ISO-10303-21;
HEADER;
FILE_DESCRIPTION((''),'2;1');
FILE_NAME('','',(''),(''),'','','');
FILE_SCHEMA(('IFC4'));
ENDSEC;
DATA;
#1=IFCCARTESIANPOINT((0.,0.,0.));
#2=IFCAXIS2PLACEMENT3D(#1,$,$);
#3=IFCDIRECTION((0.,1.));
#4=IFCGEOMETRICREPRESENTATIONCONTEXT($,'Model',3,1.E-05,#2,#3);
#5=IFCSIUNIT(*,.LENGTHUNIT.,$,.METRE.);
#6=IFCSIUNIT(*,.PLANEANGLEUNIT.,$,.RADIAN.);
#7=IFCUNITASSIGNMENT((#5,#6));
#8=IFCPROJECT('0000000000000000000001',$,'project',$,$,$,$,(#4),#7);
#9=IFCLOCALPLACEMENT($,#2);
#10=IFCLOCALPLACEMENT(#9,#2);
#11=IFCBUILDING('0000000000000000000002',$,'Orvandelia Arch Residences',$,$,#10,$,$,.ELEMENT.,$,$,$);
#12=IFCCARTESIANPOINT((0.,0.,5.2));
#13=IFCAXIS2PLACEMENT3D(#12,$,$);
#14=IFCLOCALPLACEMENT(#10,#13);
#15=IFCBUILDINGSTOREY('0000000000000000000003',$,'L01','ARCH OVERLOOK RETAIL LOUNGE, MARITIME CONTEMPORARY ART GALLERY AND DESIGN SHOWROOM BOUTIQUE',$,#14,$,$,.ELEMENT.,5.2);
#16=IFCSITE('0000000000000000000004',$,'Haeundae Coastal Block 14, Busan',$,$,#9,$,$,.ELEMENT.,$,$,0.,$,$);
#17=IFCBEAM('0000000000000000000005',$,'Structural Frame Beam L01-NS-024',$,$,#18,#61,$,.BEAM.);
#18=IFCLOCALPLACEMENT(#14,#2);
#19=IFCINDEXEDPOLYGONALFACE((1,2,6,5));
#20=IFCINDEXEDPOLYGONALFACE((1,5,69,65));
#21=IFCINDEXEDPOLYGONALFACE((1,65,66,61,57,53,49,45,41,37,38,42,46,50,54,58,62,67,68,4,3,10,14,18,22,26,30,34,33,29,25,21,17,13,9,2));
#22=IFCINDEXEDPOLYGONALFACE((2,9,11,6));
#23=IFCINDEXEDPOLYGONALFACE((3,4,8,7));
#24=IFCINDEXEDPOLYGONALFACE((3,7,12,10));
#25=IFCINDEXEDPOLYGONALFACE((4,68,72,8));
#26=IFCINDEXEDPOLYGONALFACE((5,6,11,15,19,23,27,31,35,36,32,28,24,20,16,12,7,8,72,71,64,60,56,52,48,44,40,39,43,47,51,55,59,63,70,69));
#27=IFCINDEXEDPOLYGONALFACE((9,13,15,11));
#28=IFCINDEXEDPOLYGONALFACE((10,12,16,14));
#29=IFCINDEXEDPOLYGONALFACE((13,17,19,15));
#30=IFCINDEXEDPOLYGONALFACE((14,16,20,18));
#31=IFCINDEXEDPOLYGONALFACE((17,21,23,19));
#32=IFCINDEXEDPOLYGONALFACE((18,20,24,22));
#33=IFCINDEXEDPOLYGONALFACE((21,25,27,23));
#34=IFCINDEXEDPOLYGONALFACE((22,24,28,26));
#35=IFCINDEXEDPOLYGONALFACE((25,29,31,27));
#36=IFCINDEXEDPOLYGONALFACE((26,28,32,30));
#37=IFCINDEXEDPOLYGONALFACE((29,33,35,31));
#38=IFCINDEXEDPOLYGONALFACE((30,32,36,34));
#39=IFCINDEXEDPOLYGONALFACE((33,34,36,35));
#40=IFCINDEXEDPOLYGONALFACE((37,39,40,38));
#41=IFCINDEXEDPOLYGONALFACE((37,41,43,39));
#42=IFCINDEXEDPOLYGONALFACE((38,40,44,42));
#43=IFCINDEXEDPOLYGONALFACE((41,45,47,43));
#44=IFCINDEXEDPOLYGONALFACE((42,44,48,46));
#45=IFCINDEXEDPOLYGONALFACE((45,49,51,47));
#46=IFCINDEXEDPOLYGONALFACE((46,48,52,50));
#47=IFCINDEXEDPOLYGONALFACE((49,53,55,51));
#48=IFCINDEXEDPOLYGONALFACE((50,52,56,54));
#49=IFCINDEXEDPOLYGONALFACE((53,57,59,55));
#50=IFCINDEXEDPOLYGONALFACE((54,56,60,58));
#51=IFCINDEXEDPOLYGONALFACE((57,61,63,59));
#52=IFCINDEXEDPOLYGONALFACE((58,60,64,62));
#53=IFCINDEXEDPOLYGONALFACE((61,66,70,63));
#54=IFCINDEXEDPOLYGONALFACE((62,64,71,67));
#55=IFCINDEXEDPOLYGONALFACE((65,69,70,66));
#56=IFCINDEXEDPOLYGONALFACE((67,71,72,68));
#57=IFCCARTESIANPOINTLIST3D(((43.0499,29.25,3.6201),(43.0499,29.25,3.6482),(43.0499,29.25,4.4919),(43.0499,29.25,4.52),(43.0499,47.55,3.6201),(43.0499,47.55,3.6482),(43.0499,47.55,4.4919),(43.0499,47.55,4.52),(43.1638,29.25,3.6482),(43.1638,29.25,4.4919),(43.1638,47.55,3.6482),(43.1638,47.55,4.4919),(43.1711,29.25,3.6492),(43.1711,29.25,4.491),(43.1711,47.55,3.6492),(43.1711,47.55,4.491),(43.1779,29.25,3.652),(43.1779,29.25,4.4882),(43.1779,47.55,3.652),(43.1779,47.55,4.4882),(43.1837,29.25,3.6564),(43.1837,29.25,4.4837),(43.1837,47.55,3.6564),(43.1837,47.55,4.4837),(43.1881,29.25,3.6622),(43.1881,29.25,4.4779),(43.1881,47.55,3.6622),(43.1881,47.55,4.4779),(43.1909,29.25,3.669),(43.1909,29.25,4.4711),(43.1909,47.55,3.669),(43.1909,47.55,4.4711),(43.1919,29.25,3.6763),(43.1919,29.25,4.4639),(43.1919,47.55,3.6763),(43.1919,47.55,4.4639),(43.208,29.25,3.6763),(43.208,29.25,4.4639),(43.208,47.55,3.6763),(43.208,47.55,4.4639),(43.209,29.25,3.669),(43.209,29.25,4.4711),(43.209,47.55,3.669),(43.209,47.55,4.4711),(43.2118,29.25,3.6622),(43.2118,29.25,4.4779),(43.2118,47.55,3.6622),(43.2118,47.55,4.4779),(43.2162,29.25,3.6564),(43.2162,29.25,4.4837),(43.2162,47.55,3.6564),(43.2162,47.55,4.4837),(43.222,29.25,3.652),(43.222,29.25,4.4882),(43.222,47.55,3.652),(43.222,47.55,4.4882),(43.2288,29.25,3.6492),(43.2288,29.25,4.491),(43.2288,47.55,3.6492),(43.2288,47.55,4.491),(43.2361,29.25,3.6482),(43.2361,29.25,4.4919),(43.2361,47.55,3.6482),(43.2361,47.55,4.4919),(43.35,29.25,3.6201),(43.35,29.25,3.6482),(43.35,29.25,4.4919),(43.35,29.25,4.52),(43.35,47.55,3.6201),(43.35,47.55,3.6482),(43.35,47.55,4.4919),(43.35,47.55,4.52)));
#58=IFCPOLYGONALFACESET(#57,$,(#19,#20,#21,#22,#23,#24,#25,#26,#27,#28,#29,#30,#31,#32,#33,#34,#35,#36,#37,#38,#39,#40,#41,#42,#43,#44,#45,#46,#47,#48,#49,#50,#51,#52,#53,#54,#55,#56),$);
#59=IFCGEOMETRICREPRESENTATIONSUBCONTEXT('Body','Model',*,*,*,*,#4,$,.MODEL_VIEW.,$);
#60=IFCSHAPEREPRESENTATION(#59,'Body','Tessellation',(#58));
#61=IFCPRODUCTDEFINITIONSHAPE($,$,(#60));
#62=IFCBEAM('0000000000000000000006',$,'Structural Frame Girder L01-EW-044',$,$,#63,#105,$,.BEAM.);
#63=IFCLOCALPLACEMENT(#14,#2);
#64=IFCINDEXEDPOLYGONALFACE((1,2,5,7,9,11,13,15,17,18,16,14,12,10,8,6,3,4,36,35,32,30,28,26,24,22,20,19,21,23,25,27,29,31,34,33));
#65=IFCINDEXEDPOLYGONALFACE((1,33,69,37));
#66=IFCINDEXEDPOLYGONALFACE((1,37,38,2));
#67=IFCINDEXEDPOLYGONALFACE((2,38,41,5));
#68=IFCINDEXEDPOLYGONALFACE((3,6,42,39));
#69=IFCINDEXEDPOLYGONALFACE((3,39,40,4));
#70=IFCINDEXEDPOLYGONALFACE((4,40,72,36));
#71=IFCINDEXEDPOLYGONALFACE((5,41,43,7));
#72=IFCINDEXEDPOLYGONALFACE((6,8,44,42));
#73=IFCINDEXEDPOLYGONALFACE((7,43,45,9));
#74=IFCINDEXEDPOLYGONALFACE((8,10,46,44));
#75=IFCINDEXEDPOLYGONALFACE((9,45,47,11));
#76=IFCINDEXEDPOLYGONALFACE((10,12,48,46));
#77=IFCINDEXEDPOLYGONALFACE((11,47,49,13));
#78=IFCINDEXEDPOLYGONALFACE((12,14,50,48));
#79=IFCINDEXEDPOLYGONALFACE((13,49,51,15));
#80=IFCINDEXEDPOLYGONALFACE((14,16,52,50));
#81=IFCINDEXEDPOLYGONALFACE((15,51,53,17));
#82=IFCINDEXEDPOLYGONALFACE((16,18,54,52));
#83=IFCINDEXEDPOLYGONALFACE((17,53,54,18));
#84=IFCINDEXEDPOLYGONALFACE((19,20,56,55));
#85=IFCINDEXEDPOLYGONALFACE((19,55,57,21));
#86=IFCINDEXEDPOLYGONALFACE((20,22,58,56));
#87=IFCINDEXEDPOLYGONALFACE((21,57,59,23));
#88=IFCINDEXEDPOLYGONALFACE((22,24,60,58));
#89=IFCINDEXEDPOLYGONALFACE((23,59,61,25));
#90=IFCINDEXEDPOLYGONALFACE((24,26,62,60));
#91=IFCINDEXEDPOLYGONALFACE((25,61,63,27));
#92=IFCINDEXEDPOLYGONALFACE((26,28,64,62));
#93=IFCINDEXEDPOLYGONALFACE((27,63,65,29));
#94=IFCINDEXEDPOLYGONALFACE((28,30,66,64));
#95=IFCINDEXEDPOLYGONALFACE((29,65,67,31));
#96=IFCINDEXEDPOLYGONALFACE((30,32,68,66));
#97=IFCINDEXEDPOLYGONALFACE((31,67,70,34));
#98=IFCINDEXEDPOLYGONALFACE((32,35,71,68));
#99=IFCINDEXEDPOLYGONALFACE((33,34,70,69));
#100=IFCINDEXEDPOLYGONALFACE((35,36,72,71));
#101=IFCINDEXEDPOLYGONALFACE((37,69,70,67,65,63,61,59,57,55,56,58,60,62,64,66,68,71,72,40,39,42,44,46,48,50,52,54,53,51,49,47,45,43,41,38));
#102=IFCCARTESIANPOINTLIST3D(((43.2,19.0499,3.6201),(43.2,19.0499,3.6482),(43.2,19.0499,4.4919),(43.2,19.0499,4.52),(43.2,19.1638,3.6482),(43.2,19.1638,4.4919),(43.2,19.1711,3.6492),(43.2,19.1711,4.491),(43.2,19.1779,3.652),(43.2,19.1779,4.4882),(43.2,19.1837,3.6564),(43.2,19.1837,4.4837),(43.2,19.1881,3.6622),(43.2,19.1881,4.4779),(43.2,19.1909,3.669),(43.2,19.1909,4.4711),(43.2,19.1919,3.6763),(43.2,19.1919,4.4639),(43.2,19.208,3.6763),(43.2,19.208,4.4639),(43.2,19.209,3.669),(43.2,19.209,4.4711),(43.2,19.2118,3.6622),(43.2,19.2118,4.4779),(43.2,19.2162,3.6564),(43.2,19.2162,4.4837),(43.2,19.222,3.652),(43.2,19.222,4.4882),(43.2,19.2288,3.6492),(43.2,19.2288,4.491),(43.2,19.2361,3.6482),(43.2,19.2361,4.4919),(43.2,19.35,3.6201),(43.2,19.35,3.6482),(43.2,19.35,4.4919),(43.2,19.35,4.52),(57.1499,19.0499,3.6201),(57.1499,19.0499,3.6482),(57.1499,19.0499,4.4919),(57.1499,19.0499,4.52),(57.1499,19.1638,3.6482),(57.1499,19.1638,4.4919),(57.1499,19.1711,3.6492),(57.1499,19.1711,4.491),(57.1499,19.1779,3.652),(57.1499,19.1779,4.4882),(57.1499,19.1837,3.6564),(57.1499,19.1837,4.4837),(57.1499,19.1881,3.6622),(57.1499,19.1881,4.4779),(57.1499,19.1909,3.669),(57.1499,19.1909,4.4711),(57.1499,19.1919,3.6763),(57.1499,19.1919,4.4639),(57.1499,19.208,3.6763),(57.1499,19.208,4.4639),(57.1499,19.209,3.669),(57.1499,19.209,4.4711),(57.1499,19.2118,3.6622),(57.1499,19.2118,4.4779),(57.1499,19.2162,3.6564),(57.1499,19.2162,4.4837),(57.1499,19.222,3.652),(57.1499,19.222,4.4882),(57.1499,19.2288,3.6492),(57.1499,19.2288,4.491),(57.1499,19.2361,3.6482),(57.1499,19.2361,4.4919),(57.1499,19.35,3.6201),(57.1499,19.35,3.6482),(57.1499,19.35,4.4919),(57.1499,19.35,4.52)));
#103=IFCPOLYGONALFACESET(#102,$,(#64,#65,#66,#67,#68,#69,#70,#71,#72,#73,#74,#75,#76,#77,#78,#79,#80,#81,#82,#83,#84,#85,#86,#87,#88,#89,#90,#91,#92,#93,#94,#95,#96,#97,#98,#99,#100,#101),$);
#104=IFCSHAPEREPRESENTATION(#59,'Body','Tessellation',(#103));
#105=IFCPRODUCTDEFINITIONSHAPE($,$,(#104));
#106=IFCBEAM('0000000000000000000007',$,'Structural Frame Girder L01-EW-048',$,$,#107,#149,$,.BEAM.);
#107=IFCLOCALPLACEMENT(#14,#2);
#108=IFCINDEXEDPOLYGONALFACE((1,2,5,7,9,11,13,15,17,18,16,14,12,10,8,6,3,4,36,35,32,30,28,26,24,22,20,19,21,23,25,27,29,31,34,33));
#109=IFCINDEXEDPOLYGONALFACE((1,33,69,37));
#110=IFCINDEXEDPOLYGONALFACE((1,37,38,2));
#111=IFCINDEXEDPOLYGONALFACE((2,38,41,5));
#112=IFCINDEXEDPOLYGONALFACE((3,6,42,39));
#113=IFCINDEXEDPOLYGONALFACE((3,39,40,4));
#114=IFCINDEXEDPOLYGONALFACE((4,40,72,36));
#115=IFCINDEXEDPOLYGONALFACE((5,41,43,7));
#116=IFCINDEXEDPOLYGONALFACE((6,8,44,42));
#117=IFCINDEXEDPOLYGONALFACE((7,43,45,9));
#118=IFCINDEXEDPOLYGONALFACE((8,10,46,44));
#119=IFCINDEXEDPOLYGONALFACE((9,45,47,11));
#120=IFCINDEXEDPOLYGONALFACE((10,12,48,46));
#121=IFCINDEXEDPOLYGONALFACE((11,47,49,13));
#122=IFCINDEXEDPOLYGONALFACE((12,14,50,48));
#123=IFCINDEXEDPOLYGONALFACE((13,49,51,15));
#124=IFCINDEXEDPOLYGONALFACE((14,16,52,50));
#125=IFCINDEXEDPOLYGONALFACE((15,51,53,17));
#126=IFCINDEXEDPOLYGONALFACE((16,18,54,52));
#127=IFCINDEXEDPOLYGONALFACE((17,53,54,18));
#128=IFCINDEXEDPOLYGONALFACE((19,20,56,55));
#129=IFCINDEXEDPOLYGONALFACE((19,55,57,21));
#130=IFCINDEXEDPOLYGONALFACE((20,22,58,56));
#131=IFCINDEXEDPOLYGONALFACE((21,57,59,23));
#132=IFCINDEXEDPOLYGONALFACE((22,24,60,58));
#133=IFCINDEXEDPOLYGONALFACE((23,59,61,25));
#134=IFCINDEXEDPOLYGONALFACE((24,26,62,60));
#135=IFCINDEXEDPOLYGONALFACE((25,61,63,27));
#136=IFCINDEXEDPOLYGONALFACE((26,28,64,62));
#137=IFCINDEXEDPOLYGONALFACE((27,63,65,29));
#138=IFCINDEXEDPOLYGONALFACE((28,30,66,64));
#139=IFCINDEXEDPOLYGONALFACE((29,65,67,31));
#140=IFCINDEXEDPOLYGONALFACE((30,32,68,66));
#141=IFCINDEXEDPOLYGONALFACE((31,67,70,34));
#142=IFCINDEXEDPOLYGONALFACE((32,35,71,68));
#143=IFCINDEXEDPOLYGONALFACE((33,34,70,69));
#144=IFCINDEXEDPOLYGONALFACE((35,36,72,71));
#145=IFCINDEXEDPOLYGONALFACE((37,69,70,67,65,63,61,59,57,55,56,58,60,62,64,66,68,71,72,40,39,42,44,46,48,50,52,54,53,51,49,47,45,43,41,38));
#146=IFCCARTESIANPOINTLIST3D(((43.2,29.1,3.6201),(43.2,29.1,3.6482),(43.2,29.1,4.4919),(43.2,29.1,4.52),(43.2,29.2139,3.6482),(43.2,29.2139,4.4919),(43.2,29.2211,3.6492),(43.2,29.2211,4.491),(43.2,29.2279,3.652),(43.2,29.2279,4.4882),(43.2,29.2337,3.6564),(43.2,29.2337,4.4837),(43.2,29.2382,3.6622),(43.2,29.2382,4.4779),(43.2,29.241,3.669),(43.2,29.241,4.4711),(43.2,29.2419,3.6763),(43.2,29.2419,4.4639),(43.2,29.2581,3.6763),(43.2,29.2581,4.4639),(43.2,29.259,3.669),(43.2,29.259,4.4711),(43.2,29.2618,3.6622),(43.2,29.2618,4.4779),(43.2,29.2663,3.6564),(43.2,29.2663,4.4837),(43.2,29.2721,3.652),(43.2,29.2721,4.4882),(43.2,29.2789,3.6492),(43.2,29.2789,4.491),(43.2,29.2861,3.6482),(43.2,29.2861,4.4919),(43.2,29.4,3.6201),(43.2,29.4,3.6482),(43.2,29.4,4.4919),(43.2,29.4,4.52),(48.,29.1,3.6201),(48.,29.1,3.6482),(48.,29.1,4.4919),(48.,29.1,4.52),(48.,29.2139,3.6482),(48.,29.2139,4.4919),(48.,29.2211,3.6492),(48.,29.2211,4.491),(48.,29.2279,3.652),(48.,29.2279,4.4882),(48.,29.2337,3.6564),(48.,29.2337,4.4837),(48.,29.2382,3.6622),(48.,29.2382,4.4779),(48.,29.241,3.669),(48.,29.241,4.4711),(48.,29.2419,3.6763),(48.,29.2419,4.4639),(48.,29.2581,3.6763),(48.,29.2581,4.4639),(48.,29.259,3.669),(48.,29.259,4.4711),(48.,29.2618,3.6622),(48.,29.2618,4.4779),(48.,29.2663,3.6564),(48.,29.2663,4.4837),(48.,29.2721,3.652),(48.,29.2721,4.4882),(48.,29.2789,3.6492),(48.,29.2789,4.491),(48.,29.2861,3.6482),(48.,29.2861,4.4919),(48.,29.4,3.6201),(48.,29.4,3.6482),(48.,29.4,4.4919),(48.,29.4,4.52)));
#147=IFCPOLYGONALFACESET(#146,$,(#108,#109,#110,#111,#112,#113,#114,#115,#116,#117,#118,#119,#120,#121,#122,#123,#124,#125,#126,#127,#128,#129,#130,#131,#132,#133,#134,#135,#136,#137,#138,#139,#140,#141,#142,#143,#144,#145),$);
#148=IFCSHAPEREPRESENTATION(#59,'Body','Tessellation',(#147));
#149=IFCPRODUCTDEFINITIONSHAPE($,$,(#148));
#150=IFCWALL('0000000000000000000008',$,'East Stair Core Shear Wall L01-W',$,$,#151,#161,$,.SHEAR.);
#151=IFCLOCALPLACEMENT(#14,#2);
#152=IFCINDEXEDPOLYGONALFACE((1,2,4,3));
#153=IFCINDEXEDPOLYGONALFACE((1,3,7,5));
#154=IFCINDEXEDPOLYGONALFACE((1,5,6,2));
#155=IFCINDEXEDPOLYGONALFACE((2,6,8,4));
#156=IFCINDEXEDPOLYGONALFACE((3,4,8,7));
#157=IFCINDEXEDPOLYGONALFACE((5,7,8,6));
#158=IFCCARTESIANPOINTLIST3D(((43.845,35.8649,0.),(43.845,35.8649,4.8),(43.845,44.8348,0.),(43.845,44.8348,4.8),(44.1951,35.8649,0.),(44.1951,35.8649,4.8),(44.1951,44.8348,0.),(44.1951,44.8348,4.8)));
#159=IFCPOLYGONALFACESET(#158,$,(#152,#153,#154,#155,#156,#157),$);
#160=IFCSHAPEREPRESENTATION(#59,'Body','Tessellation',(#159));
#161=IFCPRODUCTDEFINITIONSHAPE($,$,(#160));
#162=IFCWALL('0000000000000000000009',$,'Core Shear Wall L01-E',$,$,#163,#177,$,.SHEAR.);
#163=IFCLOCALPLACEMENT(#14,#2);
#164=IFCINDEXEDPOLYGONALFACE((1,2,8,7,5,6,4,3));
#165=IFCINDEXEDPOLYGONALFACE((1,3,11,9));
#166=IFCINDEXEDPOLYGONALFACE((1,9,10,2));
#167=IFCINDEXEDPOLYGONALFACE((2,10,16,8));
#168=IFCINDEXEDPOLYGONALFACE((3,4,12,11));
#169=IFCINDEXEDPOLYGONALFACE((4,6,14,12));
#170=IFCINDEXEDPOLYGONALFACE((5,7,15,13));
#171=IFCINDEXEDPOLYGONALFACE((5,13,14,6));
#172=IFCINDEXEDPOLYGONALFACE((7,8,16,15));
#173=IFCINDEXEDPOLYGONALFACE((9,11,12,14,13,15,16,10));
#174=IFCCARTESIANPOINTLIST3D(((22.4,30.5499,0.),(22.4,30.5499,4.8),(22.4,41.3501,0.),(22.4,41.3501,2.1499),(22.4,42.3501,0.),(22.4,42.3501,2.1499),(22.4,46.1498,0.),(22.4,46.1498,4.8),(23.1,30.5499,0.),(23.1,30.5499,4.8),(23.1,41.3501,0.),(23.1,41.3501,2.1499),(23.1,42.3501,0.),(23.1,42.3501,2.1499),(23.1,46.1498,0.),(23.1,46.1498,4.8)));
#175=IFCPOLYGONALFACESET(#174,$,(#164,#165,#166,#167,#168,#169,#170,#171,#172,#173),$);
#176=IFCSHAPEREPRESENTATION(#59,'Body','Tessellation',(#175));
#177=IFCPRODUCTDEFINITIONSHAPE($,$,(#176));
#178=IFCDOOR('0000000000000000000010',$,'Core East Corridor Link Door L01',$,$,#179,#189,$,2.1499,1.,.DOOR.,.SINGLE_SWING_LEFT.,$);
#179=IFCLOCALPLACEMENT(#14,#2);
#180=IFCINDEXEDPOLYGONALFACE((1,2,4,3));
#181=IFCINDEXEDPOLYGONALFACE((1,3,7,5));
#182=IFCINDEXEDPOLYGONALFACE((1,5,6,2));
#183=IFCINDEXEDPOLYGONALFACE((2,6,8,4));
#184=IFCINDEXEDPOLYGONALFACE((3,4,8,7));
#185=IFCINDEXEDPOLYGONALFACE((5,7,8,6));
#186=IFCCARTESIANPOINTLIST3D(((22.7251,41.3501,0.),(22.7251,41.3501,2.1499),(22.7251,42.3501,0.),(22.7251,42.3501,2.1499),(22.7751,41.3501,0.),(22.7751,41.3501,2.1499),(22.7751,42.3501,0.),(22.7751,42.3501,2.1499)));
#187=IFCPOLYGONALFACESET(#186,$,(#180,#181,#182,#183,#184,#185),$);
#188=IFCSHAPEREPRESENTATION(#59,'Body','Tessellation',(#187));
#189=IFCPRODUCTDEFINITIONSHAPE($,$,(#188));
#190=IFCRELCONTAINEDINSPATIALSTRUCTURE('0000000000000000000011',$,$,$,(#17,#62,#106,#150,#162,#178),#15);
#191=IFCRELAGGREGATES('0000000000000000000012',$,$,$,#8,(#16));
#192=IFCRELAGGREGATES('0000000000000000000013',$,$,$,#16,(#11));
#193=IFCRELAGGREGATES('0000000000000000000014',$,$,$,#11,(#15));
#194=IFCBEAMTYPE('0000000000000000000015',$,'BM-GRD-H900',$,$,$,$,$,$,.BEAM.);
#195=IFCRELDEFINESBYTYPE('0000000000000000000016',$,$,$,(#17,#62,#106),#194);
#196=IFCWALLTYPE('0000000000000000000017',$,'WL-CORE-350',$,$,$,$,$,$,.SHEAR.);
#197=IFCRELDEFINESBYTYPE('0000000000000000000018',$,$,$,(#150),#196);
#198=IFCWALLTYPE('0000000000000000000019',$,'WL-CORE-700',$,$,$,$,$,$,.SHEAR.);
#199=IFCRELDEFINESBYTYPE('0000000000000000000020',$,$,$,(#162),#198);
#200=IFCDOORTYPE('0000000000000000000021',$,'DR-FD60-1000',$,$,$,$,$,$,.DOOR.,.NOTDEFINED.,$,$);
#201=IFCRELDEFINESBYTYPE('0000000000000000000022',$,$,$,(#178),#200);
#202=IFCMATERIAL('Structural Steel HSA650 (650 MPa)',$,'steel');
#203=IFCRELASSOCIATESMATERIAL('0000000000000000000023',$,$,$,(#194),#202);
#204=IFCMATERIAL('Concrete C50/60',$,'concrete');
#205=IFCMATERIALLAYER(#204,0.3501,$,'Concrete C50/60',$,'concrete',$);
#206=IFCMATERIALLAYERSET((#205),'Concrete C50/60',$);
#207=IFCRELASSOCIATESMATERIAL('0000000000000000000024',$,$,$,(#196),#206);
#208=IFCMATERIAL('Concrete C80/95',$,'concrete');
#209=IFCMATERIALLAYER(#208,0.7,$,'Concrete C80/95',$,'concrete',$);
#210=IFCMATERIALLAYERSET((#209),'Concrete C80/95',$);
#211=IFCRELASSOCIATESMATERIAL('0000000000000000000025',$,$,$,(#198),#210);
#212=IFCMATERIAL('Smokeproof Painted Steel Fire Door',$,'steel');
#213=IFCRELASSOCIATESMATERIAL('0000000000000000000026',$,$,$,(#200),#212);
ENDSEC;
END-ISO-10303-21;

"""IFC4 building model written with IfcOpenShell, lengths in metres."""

from ifc_helpers import new_model, si_unit, direction, frame, frame_2d, origin, origin_2d, place, context, subcontext, project, spatial, rectangle, i_section, extrude, material, layer, layer_set, material_profile, profile_set, type_object, element, fill, save


model = new_model("IFC4")

# Units and contexts
model_context = context("Model", 3, precision=1e-05, world=origin(), true_north=direction((0.0, 1.0)))
body_context = subcontext(model_context, "Body", "Model", "MODEL_VIEW")
ifc_project = project(units=[si_unit("LENGTHUNIT", "METRE"), si_unit("PLANEANGLEUNIT", "RADIAN")], contexts=[model_context])

# Site, building, storey
site_placement = place(None, origin())
site = spatial("IfcSite", under=ifc_project, at=site_placement, Name="Haeundae Coastal Block 14, Busan", CompositionType="ELEMENT", RefElevation=0.0)
building_placement = place(site_placement, origin())
building = spatial("IfcBuilding", under=site, at=building_placement, Name="Orvandelia Arch Residences", CompositionType="ELEMENT")
storey_placement = place(building_placement, frame((0.0, 0.0, 5.2)))
storey = spatial("IfcBuildingStorey", under=building, at=storey_placement, Name="L01", Description="ARCH OVERLOOK RETAIL LOUNGE, MARITIME CONTEMPORARY ART GALLERY AND DESIGN SHOWROOM BOUTIQUE", CompositionType="ELEMENT", Elevation=5.2)

# Shared definitions
ifc_material_1 = material(Name="Concrete C80/95", Category="concrete")

# Beams
ifc_material_2 = material(Name="Structural Steel HSA650 (650 MPa)", Category="steel")
ifc_material_profile_1 = material_profile(ifc_material_2, i_section(OverallWidth=0.3, OverallDepth=0.8999, WebThickness=0.0161, FlangeThickness=0.0281, FilletRadius=0.0281, at=origin_2d()), Name="Structural Steel HSA650 (650 MPa)", Category="steel")
ifc_profile_set_1 = profile_set([ifc_material_profile_1], Name="Structural Steel HSA650 (650 MPa)")
beam_type = type_object("IfcBeamType", Name="BM-GRD-H900", PredefinedType="BEAM", material=ifc_profile_set_1)
beam_1_placement = place(storey_placement, frame((43.2, 29.25, 4.0701), z_axis=(0.0, 1.0, 0.0), x_axis=(-1.0, 0.0, 0.0)))
element("IfcBeam", 1, at=beam_1_placement, inside=storey, type_object=beam_type, Name="Structural Frame Beam L01-NS-024", PredefinedType="BEAM", context=body_context, shape_type="SweptSolid", body=[
    extrude(i_section(OverallWidth=0.3, OverallDepth=0.8999, WebThickness=0.0161, FlangeThickness=0.0281, FilletRadius=0.0281, at=origin_2d()), origin(), (0.0, 0.0, 1.0), 18.3),
])
beam_2_placement = place(storey_placement, frame((43.2, 19.2, 4.0701), z_axis=(1.0, 0.0, 0.0), x_axis=(0.0, 1.0, 0.0)))
element("IfcBeam", 2, at=beam_2_placement, inside=storey, type_object=beam_type, Name="Structural Frame Girder L01-EW-044", PredefinedType="BEAM", context=body_context, shape_type="SweptSolid", body=[
    extrude(i_section(OverallWidth=0.3, OverallDepth=0.8999, WebThickness=0.0161, FlangeThickness=0.0281, FilletRadius=0.0281, at=origin_2d()), origin(), (0.0, 0.0, 1.0), 13.95),
])
beam_3_placement = place(storey_placement, frame((43.2, 29.25, 4.0701), z_axis=(1.0, 0.0, 0.0), x_axis=(0.0, 1.0, 0.0)))
element("IfcBeam", 3, at=beam_3_placement, inside=storey, type_object=beam_type, Name="Structural Frame Girder L01-EW-048", PredefinedType="BEAM", context=body_context, shape_type="SweptSolid", body=[
    extrude(i_section(OverallWidth=0.3, OverallDepth=0.8999, WebThickness=0.0161, FlangeThickness=0.0281, FilletRadius=0.0281, at=origin_2d()), origin(), (0.0, 0.0, 1.0), 4.8),
])

# Wall
ifc_material_3 = material(Name="Concrete C50/60", Category="concrete")
ifc_layer_1 = layer(ifc_material_3, 0.3501, Name="Concrete C50/60", Category="concrete")
ifc_layer_set_1 = layer_set([ifc_layer_1], Name="Concrete C50/60")
wall_type_1 = type_object("IfcWallType", Name="WL-CORE-350", PredefinedType="SHEAR", material=ifc_layer_set_1)
wall_1_placement = place(storey_placement, frame((44.02, 35.865, 0.0), z_axis=(0.0, 0.0, 1.0), x_axis=(0.0, 1.0, 0.0)))
element("IfcWall", 4, at=wall_1_placement, inside=storey, type_object=wall_type_1, Name="East Stair Core Shear Wall L01-W", PredefinedType="SHEAR", context=body_context, shape_type="SweptSolid", body=[
    extrude(rectangle(XDim=8.97, YDim=0.3501, at=frame_2d((4.4849, 0.0))), origin(), (0.0, 0.0, 1.0), 4.8),
])

# Wall, opening, door
ifc_layer_2 = layer(ifc_material_1, 0.7, Name="Concrete C80/95", Category="concrete")
ifc_layer_set_2 = layer_set([ifc_layer_2], Name="Concrete C80/95")
wall_type_2 = type_object("IfcWallType", Name="WL-CORE-700", PredefinedType="SHEAR", material=ifc_layer_set_2)
wall_2_placement = place(storey_placement, frame((22.75, 30.55, 0.0), z_axis=(0.0, 0.0, 1.0), x_axis=(0.0, 1.0, 0.0)))
wall_2 = element("IfcWall", 5, at=wall_2_placement, inside=storey, type_object=wall_type_2, Name="Core Shear Wall L01-E", PredefinedType="SHEAR", context=body_context, shape_type="SweptSolid", body=[
    extrude(rectangle(XDim=15.5999, YDim=0.7, at=frame_2d((7.7998, 0.0))), origin(), (0.0, 0.0, 1.0), 4.8),
])
opening_placement = place(wall_2_placement, frame((10.8, 0.0, 0.0)))
opening = element("IfcOpeningElement", 6, at=opening_placement, cuts=wall_2, PredefinedType="OPENING", context=body_context, shape_type="SweptSolid", body=[
    extrude(rectangle(XDim=1.0, YDim=2.1499, at=frame_2d((0.5, 1.075))), frame((0.0, 0.3599, 0.0), z_axis=(0.0, -1.0, 0.0), x_axis=(1.0, 0.0, 0.0)), (0.0, 0.0, 1.0), 0.72),
])
ifc_material_4 = material(Name="Smokeproof Painted Steel Fire Door", Category="steel")
door_type = type_object("IfcDoorType", Name="DR-FD60-1000", OperationType="NOTDEFINED", PredefinedType="DOOR", material=ifc_material_4)
door_placement = place(opening_placement, origin())
door = element("IfcDoor", 7, at=door_placement, inside=storey, type_object=door_type, Name="Core East Corridor Link Door L01", OperationType="SINGLE_SWING_LEFT", OverallHeight=2.1499, OverallWidth=1.0, PredefinedType="DOOR", context=body_context, shape_type="SweptSolid", body=[
    extrude(rectangle(XDim=1.0, YDim=2.1499, at=frame_2d((0.5, 1.075))), frame((0.0, 0.0249, 0.0), z_axis=(0.0, -1.0, 0.0), x_axis=(1.0, 0.0, 0.0)), (0.0, 0.0, 1.0), 0.05),
])
fill(opening, door)

save(model, "model.ifc")
